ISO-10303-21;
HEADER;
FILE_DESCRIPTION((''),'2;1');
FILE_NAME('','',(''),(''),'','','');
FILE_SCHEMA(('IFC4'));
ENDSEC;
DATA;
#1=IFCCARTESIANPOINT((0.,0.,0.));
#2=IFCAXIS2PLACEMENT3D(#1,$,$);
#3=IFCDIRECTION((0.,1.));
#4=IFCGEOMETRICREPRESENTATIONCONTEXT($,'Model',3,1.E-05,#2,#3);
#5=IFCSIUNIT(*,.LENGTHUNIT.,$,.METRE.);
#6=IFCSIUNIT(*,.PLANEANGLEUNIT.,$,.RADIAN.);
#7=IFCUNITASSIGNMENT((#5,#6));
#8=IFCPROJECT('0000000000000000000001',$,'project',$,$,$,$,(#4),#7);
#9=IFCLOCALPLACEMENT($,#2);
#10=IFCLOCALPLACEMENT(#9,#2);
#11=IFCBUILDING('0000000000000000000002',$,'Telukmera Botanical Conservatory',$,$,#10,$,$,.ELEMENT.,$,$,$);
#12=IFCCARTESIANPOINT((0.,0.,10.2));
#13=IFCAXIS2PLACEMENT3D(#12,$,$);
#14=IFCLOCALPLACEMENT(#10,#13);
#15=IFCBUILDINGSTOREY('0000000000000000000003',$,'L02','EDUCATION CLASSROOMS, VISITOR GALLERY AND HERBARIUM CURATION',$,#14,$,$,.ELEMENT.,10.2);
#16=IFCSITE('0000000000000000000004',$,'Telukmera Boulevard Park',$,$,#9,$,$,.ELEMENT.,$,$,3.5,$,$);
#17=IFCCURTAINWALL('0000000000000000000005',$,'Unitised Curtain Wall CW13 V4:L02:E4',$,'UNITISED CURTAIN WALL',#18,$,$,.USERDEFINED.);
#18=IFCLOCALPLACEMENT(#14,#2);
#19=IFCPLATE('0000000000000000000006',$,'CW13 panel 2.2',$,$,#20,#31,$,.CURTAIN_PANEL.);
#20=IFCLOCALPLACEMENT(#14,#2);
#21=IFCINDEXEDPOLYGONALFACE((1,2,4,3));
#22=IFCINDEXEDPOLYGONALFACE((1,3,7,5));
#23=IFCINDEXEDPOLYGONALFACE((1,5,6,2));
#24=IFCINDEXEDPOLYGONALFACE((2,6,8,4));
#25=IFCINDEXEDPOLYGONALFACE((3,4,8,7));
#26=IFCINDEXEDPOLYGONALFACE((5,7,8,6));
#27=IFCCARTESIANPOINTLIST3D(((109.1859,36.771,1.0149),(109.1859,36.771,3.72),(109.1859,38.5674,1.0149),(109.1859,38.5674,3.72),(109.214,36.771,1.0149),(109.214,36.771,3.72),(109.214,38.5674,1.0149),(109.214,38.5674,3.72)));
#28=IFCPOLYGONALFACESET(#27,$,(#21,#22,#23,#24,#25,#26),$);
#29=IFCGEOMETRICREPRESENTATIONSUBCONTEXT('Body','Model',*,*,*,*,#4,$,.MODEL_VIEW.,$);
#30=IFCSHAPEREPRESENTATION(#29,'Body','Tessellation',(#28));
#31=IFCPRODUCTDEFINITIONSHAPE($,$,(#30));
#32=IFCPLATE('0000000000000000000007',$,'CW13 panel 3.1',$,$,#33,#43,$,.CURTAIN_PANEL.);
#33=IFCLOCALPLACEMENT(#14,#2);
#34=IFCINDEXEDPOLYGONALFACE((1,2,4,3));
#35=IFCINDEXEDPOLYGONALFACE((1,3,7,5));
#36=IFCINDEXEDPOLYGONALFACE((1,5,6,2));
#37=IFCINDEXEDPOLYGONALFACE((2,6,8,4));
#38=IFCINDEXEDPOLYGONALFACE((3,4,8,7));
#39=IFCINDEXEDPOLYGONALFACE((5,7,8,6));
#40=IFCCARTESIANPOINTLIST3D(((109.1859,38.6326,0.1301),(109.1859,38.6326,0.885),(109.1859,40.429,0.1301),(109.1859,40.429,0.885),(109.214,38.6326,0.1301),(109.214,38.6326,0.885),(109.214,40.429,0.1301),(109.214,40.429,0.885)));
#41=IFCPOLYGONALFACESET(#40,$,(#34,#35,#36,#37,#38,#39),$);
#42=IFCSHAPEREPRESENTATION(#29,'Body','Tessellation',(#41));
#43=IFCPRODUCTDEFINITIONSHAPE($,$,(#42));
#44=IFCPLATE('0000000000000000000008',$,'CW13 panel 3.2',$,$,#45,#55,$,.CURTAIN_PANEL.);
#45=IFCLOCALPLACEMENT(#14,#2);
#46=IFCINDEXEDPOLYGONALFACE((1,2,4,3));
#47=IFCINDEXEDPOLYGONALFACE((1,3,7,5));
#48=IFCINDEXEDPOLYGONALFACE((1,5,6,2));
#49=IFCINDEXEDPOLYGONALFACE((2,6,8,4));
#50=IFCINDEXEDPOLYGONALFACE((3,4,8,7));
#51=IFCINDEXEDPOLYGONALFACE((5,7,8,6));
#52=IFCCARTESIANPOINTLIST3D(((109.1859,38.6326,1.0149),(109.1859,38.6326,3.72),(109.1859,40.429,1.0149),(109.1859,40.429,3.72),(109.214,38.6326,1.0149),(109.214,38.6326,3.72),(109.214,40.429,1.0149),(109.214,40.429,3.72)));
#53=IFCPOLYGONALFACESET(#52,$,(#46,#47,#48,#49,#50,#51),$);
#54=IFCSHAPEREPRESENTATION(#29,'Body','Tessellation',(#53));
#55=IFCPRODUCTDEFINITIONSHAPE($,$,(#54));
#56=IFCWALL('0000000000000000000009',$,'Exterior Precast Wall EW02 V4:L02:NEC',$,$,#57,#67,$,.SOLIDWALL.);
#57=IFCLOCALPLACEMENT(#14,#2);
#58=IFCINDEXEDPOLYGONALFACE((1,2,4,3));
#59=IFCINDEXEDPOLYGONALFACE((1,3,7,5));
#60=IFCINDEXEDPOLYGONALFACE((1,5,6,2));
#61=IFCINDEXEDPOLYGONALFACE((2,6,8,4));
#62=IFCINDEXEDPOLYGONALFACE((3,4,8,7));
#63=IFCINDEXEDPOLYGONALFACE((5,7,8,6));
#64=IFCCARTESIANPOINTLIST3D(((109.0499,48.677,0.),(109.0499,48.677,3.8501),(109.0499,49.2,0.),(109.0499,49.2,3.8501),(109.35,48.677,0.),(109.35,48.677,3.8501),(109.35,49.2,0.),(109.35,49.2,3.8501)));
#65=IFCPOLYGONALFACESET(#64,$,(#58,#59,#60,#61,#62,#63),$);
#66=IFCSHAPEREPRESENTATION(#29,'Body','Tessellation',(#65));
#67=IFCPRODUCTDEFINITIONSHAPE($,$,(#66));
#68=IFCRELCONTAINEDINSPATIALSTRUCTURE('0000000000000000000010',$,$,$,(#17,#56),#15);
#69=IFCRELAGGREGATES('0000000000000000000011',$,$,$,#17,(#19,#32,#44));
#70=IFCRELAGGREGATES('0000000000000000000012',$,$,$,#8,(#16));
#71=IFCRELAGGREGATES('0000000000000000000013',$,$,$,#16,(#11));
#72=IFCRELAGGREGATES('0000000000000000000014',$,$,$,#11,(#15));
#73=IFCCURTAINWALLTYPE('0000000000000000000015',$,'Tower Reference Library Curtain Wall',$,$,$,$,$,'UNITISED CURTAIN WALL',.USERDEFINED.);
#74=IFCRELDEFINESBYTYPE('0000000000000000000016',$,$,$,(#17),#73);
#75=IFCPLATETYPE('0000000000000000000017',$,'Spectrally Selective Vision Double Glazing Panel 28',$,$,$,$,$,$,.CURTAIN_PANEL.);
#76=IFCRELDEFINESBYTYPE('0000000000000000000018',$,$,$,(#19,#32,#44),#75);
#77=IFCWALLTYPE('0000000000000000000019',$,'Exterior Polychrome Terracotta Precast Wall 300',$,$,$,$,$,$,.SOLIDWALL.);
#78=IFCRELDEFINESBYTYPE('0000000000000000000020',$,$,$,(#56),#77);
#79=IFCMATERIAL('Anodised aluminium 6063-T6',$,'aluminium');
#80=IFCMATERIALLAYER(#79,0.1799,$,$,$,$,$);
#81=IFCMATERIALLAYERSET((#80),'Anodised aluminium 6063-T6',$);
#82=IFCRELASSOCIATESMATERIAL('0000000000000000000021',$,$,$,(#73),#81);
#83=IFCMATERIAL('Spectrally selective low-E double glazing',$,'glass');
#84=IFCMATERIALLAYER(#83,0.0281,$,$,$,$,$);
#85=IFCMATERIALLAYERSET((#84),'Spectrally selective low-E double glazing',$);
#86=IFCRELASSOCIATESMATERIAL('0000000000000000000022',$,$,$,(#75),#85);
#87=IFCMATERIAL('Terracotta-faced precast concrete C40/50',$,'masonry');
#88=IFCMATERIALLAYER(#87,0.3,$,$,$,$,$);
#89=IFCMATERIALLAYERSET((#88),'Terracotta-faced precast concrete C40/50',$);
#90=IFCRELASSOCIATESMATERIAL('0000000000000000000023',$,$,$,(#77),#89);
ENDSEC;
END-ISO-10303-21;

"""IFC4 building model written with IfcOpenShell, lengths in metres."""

from ifc_helpers import new_model, si_unit, direction, frame, frame_2d, origin, origin_2d, place, context, subcontext, project, spatial, rectangle, extrude, material, layer, layer_set, type_object, element, aggregate, save


model = new_model("IFC4")

# Units and contexts
model_context = context("Model", 3, precision=1e-05, world=origin(), true_north=direction((0.0, 1.0)))
body_context = subcontext(model_context, "Body", "Model", "MODEL_VIEW")
ifc_project = project(units=[si_unit("LENGTHUNIT", "METRE"), si_unit("PLANEANGLEUNIT", "RADIAN")], contexts=[model_context])

# Site, building, storey
site_placement = place(None, origin())
site = spatial("IfcSite", under=ifc_project, at=site_placement, Name="Telukmera Boulevard Park", CompositionType="ELEMENT", RefElevation=3.5)
building_placement = place(site_placement, origin())
building = spatial("IfcBuilding", under=site, at=building_placement, Name="Telukmera Botanical Conservatory", CompositionType="ELEMENT")
storey_placement = place(building_placement, frame((0.0, 0.0, 10.2)))
storey = spatial("IfcBuildingStorey", under=building, at=storey_placement, Name="L02", Description="EDUCATION CLASSROOMS, VISITOR GALLERY AND HERBARIUM CURATION", CompositionType="ELEMENT", Elevation=10.2)

# Curtain wall
ifc_material_1 = material(Name="Anodised aluminium 6063-T6", Category="aluminium")
ifc_layer_1 = layer(ifc_material_1, 0.1799)
ifc_layer_set_1 = layer_set([ifc_layer_1], Name="Anodised aluminium 6063-T6")
curtain_wall_type = type_object("IfcCurtainWallType", Name="Tower Reference Library Curtain Wall", ElementType="UNITISED CURTAIN WALL", PredefinedType="USERDEFINED", material=ifc_layer_set_1)
curtain_wall_1_placement = place(storey_placement, origin())
curtain_wall_1 = element("IfcCurtainWall", 1, at=curtain_wall_1_placement, inside=storey, type_object=curtain_wall_type, Name="Unitised Curtain Wall CW13 V4:L02:E4", ObjectType="UNITISED CURTAIN WALL", PredefinedType="USERDEFINED")

# Plates
ifc_material_2 = material(Name="Spectrally selective low-E double glazing", Category="glass")
ifc_layer_2 = layer(ifc_material_2, 0.0281)
ifc_layer_set_2 = layer_set([ifc_layer_2], Name="Spectrally selective low-E double glazing")
plate_type = type_object("IfcPlateType", Name="Spectrally Selective Vision Double Glazing Panel 28", PredefinedType="CURTAIN_PANEL", material=ifc_layer_set_2)
plate_1_placement = place(storey_placement, frame((109.2, 37.6692, 1.0149), z_axis=(0.0, 0.0, 1.0), x_axis=(0.0, 1.0, 0.0)))
plate_1 = element("IfcPlate", 2, at=plate_1_placement, type_object=plate_type, Name="CW13 panel 2.2", PredefinedType="CURTAIN_PANEL", context=body_context, shape_type="SweptSolid", body=[
    extrude(rectangle(XDim=1.7964, YDim=0.0281, at=origin_2d()), origin(), (0.0, 0.0, 1.0), 2.7051),
])
plate_2_placement = place(storey_placement, frame((109.2, 39.5308, 0.1301), z_axis=(0.0, 0.0, 1.0), x_axis=(0.0, 1.0, 0.0)))
plate_2 = element("IfcPlate", 3, at=plate_2_placement, type_object=plate_type, Name="CW13 panel 3.1", PredefinedType="CURTAIN_PANEL", context=body_context, shape_type="SweptSolid", body=[
    extrude(rectangle(XDim=1.7964, YDim=0.0281, at=origin_2d()), origin(), (0.0, 0.0, 1.0), 0.7549),
])
plate_3_placement = place(storey_placement, frame((109.2, 39.5308, 1.0149), z_axis=(0.0, 0.0, 1.0), x_axis=(0.0, 1.0, 0.0)))
plate_3 = element("IfcPlate", 4, at=plate_3_placement, type_object=plate_type, Name="CW13 panel 3.2", PredefinedType="CURTAIN_PANEL", context=body_context, shape_type="SweptSolid", body=[
    extrude(rectangle(XDim=1.7964, YDim=0.0281, at=origin_2d()), origin(), (0.0, 0.0, 1.0), 2.7051),
])
aggregate(curtain_wall_1, [plate_1, plate_2, plate_3])

# Wall
ifc_material_3 = material(Name="Terracotta-faced precast concrete C40/50", Category="masonry")
ifc_layer_3 = layer(ifc_material_3, 0.3)
ifc_layer_set_3 = layer_set([ifc_layer_3], Name="Terracotta-faced precast concrete C40/50")
wall_type = type_object("IfcWallType", Name="Exterior Polychrome Terracotta Precast Wall 300", PredefinedType="SOLIDWALL", material=ifc_layer_set_3)
wall_placement = place(storey_placement, frame((109.2, 48.677, 0.0), z_axis=(0.0, 0.0, 1.0), x_axis=(0.0, 1.0, 0.0)))
element("IfcWall", 5, at=wall_placement, inside=storey, type_object=wall_type, Name="Exterior Precast Wall EW02 V4:L02:NEC", PredefinedType="SOLIDWALL", context=body_context, shape_type="SweptSolid", body=[
    extrude(rectangle(XDim=0.5229, YDim=0.3, at=frame_2d((0.2615, 0.0))), origin(), (0.0, 0.0, 1.0), 3.8501),
])

save(model, "model.ifc")
